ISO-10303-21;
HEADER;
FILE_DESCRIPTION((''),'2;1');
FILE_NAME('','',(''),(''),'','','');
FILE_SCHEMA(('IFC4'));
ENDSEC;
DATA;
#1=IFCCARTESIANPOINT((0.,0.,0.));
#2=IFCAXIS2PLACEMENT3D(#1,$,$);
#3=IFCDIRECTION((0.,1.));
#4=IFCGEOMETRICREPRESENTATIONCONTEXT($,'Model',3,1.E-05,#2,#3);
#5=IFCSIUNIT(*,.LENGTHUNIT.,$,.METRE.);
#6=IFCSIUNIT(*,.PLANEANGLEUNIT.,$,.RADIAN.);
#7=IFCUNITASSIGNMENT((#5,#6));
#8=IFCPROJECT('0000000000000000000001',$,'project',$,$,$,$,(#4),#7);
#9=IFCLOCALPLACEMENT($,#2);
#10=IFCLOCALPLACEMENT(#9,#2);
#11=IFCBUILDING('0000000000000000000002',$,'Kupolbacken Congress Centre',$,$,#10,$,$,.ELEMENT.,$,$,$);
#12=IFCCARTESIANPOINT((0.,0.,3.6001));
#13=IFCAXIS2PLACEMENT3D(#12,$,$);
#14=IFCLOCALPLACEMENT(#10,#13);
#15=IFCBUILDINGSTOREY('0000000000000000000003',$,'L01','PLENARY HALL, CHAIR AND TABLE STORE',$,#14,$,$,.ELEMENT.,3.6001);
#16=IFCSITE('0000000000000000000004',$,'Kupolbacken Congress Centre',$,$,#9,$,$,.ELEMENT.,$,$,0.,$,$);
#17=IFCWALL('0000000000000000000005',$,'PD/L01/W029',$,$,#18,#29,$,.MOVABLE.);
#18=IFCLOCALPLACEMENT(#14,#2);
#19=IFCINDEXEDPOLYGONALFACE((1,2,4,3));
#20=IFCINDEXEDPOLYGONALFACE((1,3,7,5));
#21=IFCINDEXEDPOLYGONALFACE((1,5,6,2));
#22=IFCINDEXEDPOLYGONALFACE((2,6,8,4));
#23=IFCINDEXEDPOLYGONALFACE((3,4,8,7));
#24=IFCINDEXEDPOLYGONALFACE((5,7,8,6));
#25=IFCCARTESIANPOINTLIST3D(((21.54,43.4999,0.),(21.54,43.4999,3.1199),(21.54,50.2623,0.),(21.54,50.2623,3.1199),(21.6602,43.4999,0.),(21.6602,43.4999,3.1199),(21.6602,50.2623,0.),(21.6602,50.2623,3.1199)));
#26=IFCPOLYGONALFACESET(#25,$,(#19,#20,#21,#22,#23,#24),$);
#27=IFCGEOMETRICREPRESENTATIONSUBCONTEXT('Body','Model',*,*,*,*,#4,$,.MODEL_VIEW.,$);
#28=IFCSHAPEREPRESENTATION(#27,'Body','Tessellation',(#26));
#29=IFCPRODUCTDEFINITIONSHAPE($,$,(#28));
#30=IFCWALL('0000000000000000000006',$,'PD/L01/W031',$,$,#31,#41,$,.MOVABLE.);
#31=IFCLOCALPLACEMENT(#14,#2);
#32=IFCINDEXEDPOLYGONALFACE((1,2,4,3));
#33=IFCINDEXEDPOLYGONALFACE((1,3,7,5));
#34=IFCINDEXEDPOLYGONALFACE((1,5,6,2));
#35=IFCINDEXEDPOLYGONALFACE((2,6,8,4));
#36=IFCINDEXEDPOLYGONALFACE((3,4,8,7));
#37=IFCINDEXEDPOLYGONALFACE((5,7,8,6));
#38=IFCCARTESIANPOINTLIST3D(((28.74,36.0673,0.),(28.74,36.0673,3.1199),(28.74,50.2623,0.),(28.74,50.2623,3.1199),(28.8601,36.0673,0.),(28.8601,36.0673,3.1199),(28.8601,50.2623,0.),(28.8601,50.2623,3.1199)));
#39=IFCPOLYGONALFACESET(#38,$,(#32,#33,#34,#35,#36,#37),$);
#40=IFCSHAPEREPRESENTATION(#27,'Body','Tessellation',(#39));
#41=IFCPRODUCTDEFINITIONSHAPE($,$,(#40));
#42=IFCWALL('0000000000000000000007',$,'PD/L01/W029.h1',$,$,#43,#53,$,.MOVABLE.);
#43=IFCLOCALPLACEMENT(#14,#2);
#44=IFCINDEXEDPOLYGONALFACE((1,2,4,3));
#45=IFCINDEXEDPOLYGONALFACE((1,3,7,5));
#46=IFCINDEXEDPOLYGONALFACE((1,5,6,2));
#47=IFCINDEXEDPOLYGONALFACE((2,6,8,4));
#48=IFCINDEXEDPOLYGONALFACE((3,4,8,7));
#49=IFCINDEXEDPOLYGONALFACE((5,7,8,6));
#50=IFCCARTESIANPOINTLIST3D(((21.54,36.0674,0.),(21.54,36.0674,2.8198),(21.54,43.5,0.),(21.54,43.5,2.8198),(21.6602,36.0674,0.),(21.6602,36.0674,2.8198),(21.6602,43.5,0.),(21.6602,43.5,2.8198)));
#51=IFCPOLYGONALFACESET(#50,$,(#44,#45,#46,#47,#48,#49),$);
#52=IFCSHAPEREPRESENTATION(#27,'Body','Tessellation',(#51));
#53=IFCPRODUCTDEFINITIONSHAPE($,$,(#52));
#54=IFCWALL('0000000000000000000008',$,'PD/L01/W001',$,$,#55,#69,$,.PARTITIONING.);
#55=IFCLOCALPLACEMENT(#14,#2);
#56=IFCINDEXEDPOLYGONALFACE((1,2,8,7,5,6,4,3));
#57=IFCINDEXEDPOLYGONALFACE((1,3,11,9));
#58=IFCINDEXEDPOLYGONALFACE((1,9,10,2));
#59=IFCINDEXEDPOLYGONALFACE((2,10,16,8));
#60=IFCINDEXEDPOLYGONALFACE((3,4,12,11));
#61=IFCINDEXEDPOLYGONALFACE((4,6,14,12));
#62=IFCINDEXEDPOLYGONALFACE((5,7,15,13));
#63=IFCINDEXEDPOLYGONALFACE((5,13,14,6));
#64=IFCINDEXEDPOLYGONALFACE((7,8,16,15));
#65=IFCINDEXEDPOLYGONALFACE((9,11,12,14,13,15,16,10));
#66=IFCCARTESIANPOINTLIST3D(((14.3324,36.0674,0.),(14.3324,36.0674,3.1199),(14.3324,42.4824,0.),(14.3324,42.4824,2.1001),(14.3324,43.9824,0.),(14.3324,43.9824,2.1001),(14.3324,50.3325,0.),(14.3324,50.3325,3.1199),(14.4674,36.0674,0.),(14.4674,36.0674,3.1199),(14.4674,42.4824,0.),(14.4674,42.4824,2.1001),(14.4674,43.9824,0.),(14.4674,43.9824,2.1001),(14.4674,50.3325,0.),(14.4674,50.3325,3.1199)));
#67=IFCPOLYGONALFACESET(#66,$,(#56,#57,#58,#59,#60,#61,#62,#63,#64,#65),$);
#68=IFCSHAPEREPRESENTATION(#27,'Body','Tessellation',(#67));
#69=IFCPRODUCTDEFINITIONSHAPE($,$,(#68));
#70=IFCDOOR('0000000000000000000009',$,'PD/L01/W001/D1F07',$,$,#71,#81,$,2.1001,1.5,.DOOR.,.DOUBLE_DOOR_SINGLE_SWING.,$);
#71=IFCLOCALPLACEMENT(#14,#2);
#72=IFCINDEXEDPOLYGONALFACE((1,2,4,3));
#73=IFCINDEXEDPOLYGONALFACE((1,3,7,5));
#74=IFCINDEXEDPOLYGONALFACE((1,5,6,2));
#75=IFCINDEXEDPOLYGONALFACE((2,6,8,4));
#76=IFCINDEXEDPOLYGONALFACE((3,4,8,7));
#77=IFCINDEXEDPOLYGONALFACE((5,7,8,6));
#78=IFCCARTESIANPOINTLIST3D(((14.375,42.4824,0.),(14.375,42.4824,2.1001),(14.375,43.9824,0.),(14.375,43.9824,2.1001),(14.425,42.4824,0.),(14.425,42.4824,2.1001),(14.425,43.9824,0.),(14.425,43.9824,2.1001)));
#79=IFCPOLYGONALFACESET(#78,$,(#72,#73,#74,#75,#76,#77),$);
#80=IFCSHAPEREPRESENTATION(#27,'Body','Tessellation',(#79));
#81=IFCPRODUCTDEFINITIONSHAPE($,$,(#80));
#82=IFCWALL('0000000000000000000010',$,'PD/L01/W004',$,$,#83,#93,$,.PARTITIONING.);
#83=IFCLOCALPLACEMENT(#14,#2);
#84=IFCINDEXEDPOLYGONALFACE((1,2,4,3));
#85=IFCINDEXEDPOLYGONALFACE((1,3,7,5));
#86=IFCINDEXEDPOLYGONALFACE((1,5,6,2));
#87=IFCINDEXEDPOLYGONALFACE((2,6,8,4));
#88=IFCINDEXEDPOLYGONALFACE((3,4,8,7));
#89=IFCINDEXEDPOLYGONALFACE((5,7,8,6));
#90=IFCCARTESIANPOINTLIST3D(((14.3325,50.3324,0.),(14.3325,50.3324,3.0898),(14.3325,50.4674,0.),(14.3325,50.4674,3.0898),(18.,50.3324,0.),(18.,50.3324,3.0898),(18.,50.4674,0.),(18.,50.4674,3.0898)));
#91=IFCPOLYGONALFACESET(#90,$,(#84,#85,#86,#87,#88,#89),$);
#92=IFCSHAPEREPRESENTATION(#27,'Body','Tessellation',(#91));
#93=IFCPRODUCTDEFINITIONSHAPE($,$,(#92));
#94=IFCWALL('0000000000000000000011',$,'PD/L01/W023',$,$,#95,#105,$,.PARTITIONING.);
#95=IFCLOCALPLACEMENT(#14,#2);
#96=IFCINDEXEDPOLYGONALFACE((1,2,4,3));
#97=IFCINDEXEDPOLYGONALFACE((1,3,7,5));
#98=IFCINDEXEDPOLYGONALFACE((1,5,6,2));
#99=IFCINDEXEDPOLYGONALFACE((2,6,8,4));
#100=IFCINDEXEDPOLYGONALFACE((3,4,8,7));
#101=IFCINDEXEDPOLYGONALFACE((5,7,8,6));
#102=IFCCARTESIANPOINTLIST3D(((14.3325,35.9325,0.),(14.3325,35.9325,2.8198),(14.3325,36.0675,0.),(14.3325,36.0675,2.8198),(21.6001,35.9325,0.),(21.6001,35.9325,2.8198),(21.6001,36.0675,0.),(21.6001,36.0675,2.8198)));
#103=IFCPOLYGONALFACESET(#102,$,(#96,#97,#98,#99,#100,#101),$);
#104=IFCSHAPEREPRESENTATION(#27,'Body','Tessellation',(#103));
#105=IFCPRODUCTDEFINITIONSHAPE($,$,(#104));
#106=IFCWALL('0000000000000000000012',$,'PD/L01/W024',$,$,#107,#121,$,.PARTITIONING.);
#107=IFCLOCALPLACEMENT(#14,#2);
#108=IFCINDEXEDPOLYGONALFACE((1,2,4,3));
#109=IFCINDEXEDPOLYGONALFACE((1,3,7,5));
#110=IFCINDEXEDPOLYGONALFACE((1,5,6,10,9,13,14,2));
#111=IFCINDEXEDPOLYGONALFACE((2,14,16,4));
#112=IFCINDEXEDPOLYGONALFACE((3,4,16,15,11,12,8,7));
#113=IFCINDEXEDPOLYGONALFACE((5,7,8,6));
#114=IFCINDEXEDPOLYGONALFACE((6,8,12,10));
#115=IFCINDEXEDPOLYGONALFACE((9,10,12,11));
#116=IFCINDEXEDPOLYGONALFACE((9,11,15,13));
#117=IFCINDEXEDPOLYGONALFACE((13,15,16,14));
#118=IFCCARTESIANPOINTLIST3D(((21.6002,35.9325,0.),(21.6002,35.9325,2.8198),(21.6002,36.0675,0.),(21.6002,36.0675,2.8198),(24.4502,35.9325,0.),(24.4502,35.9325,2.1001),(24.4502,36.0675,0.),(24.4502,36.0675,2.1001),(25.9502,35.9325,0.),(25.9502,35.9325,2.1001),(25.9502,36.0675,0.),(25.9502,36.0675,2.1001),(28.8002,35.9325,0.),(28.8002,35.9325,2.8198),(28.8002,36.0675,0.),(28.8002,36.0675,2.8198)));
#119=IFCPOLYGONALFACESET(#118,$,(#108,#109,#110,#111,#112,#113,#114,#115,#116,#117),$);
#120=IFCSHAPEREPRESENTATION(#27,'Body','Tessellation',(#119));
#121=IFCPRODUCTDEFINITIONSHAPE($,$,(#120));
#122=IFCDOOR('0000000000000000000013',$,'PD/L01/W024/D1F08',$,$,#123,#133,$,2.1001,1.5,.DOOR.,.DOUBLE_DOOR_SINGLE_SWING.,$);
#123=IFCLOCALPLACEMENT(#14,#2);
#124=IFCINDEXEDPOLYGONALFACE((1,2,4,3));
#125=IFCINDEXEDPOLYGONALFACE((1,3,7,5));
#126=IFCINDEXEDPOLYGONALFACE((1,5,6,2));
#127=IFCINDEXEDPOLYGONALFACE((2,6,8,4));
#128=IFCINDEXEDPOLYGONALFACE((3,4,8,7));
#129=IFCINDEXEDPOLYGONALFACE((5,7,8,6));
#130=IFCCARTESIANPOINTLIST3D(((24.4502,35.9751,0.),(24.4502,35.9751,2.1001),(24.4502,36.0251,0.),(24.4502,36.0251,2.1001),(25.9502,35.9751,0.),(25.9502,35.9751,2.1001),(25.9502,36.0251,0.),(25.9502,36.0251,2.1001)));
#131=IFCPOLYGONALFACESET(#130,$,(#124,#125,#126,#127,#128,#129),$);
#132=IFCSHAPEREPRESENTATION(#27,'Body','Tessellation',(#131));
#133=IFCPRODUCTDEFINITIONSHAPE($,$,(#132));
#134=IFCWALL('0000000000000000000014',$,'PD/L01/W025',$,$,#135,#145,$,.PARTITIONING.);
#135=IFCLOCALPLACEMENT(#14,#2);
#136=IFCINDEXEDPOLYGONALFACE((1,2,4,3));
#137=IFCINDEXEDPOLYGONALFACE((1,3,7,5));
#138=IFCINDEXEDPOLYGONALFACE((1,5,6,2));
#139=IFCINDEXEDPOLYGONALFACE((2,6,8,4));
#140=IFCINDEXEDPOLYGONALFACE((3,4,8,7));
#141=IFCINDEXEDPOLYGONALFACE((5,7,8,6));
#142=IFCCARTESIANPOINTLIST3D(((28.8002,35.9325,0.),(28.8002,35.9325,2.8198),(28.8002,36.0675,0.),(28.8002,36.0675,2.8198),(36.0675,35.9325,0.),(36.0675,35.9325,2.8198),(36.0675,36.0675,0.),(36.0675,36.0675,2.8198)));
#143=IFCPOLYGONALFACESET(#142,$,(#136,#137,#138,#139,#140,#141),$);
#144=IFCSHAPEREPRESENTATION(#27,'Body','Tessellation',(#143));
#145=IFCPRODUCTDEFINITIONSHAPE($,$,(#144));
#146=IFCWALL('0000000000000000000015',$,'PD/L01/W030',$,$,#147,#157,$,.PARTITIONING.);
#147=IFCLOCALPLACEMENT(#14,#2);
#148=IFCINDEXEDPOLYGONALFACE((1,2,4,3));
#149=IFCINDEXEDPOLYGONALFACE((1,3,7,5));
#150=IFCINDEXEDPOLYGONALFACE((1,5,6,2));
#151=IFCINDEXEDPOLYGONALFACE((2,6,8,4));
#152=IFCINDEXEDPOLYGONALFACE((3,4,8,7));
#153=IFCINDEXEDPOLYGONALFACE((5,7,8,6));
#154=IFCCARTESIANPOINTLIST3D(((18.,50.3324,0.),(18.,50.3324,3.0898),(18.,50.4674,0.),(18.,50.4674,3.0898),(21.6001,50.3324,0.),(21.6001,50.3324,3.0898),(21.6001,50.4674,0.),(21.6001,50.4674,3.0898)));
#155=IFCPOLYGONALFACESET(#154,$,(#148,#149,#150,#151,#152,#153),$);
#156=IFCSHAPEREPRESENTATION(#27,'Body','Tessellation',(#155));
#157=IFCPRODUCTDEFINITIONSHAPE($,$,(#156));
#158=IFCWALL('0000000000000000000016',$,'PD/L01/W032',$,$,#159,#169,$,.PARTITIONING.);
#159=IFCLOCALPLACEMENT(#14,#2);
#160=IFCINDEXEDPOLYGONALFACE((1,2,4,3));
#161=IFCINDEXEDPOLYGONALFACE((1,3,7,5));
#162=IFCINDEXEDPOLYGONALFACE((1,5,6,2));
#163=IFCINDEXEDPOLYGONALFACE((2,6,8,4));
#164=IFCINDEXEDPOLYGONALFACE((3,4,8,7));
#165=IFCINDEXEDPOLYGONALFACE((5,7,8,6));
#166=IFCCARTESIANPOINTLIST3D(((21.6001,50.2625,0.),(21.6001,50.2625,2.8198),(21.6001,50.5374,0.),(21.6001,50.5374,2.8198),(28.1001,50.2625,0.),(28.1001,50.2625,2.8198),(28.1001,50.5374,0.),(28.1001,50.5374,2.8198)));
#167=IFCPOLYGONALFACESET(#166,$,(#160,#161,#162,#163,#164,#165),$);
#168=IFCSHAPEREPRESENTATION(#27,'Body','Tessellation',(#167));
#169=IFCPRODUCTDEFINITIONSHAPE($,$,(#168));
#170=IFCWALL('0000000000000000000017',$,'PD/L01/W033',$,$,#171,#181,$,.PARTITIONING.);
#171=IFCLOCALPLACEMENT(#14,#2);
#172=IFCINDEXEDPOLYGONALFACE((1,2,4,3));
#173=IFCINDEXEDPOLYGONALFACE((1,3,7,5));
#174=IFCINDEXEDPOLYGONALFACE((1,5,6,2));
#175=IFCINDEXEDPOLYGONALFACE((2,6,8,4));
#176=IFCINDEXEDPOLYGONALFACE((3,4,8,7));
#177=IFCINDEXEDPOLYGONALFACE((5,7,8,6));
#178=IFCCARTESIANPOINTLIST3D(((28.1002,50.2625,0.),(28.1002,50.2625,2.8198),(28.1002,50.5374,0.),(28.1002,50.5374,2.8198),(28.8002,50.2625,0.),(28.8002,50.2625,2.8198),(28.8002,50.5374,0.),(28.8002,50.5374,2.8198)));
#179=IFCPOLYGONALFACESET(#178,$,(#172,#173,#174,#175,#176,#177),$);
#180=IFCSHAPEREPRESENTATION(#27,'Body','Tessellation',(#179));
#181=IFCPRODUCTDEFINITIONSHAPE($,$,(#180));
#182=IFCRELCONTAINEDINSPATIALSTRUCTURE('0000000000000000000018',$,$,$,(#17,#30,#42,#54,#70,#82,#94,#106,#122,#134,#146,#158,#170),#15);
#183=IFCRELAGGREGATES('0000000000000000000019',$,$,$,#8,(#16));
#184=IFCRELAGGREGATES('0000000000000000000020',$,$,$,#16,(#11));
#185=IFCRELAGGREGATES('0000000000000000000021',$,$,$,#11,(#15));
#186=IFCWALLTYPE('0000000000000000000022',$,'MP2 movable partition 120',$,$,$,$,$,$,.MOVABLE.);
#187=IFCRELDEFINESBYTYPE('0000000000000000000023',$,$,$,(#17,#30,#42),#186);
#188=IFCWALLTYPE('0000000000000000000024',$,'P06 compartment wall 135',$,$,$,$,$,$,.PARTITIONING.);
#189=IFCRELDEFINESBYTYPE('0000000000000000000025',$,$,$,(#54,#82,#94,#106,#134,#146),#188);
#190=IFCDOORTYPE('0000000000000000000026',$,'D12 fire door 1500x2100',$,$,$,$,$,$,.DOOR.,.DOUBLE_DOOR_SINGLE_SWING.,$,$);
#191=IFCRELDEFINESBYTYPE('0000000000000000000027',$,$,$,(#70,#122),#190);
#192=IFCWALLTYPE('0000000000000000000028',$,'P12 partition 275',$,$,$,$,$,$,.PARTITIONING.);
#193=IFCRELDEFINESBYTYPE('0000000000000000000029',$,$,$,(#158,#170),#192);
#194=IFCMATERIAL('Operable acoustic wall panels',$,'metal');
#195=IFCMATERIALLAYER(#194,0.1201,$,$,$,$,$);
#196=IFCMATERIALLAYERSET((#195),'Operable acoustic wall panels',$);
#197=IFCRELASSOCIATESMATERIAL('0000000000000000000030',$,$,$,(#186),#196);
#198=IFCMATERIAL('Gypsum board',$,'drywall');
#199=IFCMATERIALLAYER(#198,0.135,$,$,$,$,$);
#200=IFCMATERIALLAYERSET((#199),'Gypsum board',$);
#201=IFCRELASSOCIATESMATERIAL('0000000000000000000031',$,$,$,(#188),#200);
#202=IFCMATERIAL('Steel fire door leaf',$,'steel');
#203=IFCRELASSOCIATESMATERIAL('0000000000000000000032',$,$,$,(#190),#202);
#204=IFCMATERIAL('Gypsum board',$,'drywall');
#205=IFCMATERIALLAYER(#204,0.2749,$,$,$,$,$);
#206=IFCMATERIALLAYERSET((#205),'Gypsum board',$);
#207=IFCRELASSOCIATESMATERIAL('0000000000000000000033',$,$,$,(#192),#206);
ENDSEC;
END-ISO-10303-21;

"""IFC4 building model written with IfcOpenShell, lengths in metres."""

from ifc_helpers import new_model, si_unit, direction, frame, frame_2d, origin, place, context, subcontext, project, spatial, rectangle, extrude, material, layer, layer_set, type_object, element, fill, save


model = new_model("IFC4")

# Units and contexts
model_context = context("Model", 3, precision=1e-05, world=origin(), true_north=direction((0.0, 1.0)))
body_context = subcontext(model_context, "Body", "Model", "MODEL_VIEW")
ifc_project = project(units=[si_unit("LENGTHUNIT", "METRE"), si_unit("PLANEANGLEUNIT", "RADIAN")], contexts=[model_context])

# Site, building, storey
site_placement = place(None, origin())
site = spatial("IfcSite", under=ifc_project, at=site_placement, Name="Kupolbacken Congress Centre", CompositionType="ELEMENT", RefElevation=0.0)
building_placement = place(site_placement, origin())
building = spatial("IfcBuilding", under=site, at=building_placement, Name="Kupolbacken Congress Centre", CompositionType="ELEMENT")
storey_placement = place(building_placement, frame((0.0, 0.0, 3.6001)))
storey = spatial("IfcBuildingStorey", under=building, at=storey_placement, Name="L01", Description="PLENARY HALL, CHAIR AND TABLE STORE", CompositionType="ELEMENT", Elevation=3.6001)

# Walls
ifc_material_1 = material(Name="Operable acoustic wall panels", Category="metal")
ifc_layer_1 = layer(ifc_material_1, 0.1201)
ifc_layer_set_1 = layer_set([ifc_layer_1], Name="Operable acoustic wall panels")
wall_type_1 = type_object("IfcWallType", Name="MP2 movable partition 120", PredefinedType="MOVABLE", material=ifc_layer_set_1)
wall_1_placement = place(storey_placement, frame((21.6001, 50.2625, 0.0), z_axis=(0.0, 0.0, 1.0), x_axis=(0.0, -1.0, 0.0)))
element("IfcWall", 1, at=wall_1_placement, inside=storey, type_object=wall_type_1, Name="PD/L01/W029", PredefinedType="MOVABLE", context=body_context, shape_type="SweptSolid", body=[
    extrude(rectangle(XDim=6.7625, YDim=0.1201, at=frame_2d((3.3813, 0.0))), origin(), (0.0, 0.0, 1.0), 3.1199),
])
wall_2_placement = place(storey_placement, frame((28.8, 50.2625, 0.0), z_axis=(0.0, 0.0, 1.0), x_axis=(0.0, -1.0, 0.0)))
element("IfcWall", 2, at=wall_2_placement, inside=storey, type_object=wall_type_1, Name="PD/L01/W031", PredefinedType="MOVABLE", context=body_context, shape_type="SweptSolid", body=[
    extrude(rectangle(XDim=14.1951, YDim=0.1201, at=frame_2d((7.0977, 0.0))), origin(), (0.0, 0.0, 1.0), 3.1199),
])
wall_3_placement = place(storey_placement, frame((21.6001, 43.5, 0.0), z_axis=(0.0, 0.0, 1.0), x_axis=(0.0, -1.0, 0.0)))
element("IfcWall", 3, at=wall_3_placement, inside=storey, type_object=wall_type_1, Name="PD/L01/W029.h1", PredefinedType="MOVABLE", context=body_context, shape_type="SweptSolid", body=[
    extrude(rectangle(XDim=7.4326, YDim=0.1201, at=frame_2d((3.7163, 0.0))), origin(), (0.0, 0.0, 1.0), 2.8198),
])

# Wall, opening, door
ifc_material_2 = material(Name="Gypsum board", Category="drywall")
ifc_layer_2 = layer(ifc_material_2, 0.135)
ifc_layer_set_2 = layer_set([ifc_layer_2], Name="Gypsum board")
wall_type_2 = type_object("IfcWallType", Name="P06 compartment wall 135", PredefinedType="PARTITIONING", material=ifc_layer_set_2)
wall_4_placement = place(storey_placement, frame((14.3999, 50.3325, 0.0), z_axis=(0.0, 0.0, 1.0), x_axis=(0.0, -1.0, 0.0)))
wall_4 = element("IfcWall", 4, at=wall_4_placement, inside=storey, type_object=wall_type_2, Name="PD/L01/W001", PredefinedType="PARTITIONING", context=body_context, shape_type="SweptSolid", body=[
    extrude(rectangle(XDim=14.2651, YDim=0.135, at=frame_2d((7.1326, 0.0))), origin(), (0.0, 0.0, 1.0), 3.1199),
])
opening_1_placement = place(wall_4_placement, frame((6.3501, 0.0, 0.0)))
opening_1 = element("IfcOpeningElement", 5, at=opening_1_placement, cuts=wall_4, PredefinedType="OPENING", context=body_context, shape_type="SweptSolid", body=[
    extrude(rectangle(XDim=1.5, YDim=2.1001, at=frame_2d((0.75, 1.05))), frame((0.0, 0.0774, 0.0), z_axis=(0.0, -1.0, 0.0), x_axis=(1.0, 0.0, 0.0)), (0.0, 0.0, 1.0), 0.155),
])
ifc_material_3 = material(Name="Steel fire door leaf", Category="steel")
door_type_1 = type_object("IfcDoorType", Name="D12 fire door 1500x2100", OperationType="DOUBLE_DOOR_SINGLE_SWING", PredefinedType="DOOR", material=ifc_material_3)
door_1_placement = place(opening_1_placement, frame((1.5, 0.0, 0.0), z_axis=(0.0, 0.0, 1.0), x_axis=(-1.0, 0.0, 0.0)))
door_1 = element("IfcDoor", 6, at=door_1_placement, inside=storey, type_object=door_type_1, Name="PD/L01/W001/D1F07", OperationType="DOUBLE_DOOR_SINGLE_SWING", OverallHeight=2.1001, OverallWidth=1.5, PredefinedType="DOOR", context=body_context, shape_type="SweptSolid", body=[
    extrude(rectangle(XDim=1.5, YDim=2.1001, at=frame_2d((0.75, 1.05))), frame((0.0, 0.0249, 0.0), z_axis=(0.0, -1.0, 0.0), x_axis=(1.0, 0.0, 0.0)), (0.0, 0.0, 1.0), 0.05),
])
fill(opening_1, door_1)

# Walls
wall_5_placement = place(storey_placement, frame((18.0, 50.3999, 0.0), z_axis=(0.0, 0.0, 1.0), x_axis=(-1.0, 0.0, 0.0)))
element("IfcWall", 7, at=wall_5_placement, inside=storey, type_object=wall_type_2, Name="PD/L01/W004", PredefinedType="PARTITIONING", context=body_context, shape_type="SweptSolid", body=[
    extrude(rectangle(XDim=3.6675, YDim=0.135, at=frame_2d((1.8337, 0.0))), origin(), (0.0, 0.0, 1.0), 3.0898),
])
wall_6_placement = place(storey_placement, frame((14.3325, 36.0, 0.0), z_axis=(0.0, 0.0, 1.0), x_axis=(1.0, 0.0, 0.0)))
element("IfcWall", 8, at=wall_6_placement, inside=storey, type_object=wall_type_2, Name="PD/L01/W023", PredefinedType="PARTITIONING", context=body_context, shape_type="SweptSolid", body=[
    extrude(rectangle(XDim=7.2676, YDim=0.135, at=frame_2d((3.6338, 0.0))), origin(), (0.0, 0.0, 1.0), 2.8198),
])

# Wall, opening, door
wall_7_placement = place(storey_placement, frame((21.6001, 36.0, 0.0), z_axis=(0.0, 0.0, 1.0), x_axis=(1.0, 0.0, 0.0)))
wall_7 = element("IfcWall", 9, at=wall_7_placement, inside=storey, type_object=wall_type_2, Name="PD/L01/W024", PredefinedType="PARTITIONING", context=body_context, shape_type="SweptSolid", body=[
    extrude(rectangle(XDim=7.2, YDim=0.135, at=frame_2d((3.6001, 0.0))), origin(), (0.0, 0.0, 1.0), 2.8198),
])
opening_2_placement = place(wall_7_placement, frame((2.8501, 0.0, 0.0)))
opening_2 = element("IfcOpeningElement", 10, at=opening_2_placement, cuts=wall_7, PredefinedType="OPENING", context=body_context, shape_type="SweptSolid", body=[
    extrude(rectangle(XDim=1.5, YDim=2.1001, at=frame_2d((0.75, 1.05))), frame((0.0, 0.0774, 0.0), z_axis=(0.0, -1.0, 0.0), x_axis=(1.0, 0.0, 0.0)), (0.0, 0.0, 1.0), 0.155),
])
door_2_placement = place(opening_2_placement, frame((1.5, 0.0, 0.0), z_axis=(0.0, 0.0, 1.0), x_axis=(-1.0, 0.0, 0.0)))
door_2 = element("IfcDoor", 11, at=door_2_placement, inside=storey, type_object=door_type_1, Name="PD/L01/W024/D1F08", OperationType="DOUBLE_DOOR_SINGLE_SWING", OverallHeight=2.1001, OverallWidth=1.5, PredefinedType="DOOR", context=body_context, shape_type="SweptSolid", body=[
    extrude(rectangle(XDim=1.5, YDim=2.1001, at=frame_2d((0.75, 1.05))), frame((0.0, 0.0249, 0.0), z_axis=(0.0, -1.0, 0.0), x_axis=(1.0, 0.0, 0.0)), (0.0, 0.0, 1.0), 0.05),
])
fill(opening_2, door_2)

# Walls
wall_8_placement = place(storey_placement, frame((28.8, 36.0, 0.0), z_axis=(0.0, 0.0, 1.0), x_axis=(1.0, 0.0, 0.0)))
element("IfcWall", 12, at=wall_8_placement, inside=storey, type_object=wall_type_2, Name="PD/L01/W025", PredefinedType="PARTITIONING", context=body_context, shape_type="SweptSolid", body=[
    extrude(rectangle(XDim=7.2673, YDim=0.135, at=frame_2d((3.6338, 0.0))), origin(), (0.0, 0.0, 1.0), 2.8198),
])
wall_9_placement = place(storey_placement, frame((18.0, 50.3999, 0.0), z_axis=(0.0, 0.0, 1.0), x_axis=(1.0, 0.0, 0.0)))
element("IfcWall", 13, at=wall_9_placement, inside=storey, type_object=wall_type_2, Name="PD/L01/W030", PredefinedType="PARTITIONING", context=body_context, shape_type="SweptSolid", body=[
    extrude(rectangle(XDim=3.6001, YDim=0.135, at=frame_2d((1.8, 0.0))), origin(), (0.0, 0.0, 1.0), 3.0898),
])
ifc_material_4 = material(Name="Gypsum board", Category="drywall")
ifc_layer_3 = layer(ifc_material_4, 0.2749)
ifc_layer_set_3 = layer_set([ifc_layer_3], Name="Gypsum board")
wall_type_3 = type_object("IfcWallType", Name="P12 partition 275", PredefinedType="PARTITIONING", material=ifc_layer_set_3)
wall_10_placement = place(storey_placement, frame((21.6001, 50.3999, 0.0), z_axis=(0.0, 0.0, 1.0), x_axis=(1.0, 0.0, 0.0)))
element("IfcWall", 14, at=wall_10_placement, inside=storey, type_object=wall_type_3, Name="PD/L01/W032", PredefinedType="PARTITIONING", context=body_context, shape_type="SweptSolid", body=[
    extrude(rectangle(XDim=6.5, YDim=0.2749, at=frame_2d((3.25, 0.0))), origin(), (0.0, 0.0, 1.0), 2.8198),
])
wall_11_placement = place(storey_placement, frame((28.1001, 50.3999, 0.0), z_axis=(0.0, 0.0, 1.0), x_axis=(1.0, 0.0, 0.0)))
element("IfcWall", 15, at=wall_11_placement, inside=storey, type_object=wall_type_3, Name="PD/L01/W033", PredefinedType="PARTITIONING", context=body_context, shape_type="SweptSolid", body=[
    extrude(rectangle(XDim=0.7, YDim=0.2749, at=frame_2d((0.3501, 0.0))), origin(), (0.0, 0.0, 1.0), 2.8198),
])

save(model, "model.ifc")
